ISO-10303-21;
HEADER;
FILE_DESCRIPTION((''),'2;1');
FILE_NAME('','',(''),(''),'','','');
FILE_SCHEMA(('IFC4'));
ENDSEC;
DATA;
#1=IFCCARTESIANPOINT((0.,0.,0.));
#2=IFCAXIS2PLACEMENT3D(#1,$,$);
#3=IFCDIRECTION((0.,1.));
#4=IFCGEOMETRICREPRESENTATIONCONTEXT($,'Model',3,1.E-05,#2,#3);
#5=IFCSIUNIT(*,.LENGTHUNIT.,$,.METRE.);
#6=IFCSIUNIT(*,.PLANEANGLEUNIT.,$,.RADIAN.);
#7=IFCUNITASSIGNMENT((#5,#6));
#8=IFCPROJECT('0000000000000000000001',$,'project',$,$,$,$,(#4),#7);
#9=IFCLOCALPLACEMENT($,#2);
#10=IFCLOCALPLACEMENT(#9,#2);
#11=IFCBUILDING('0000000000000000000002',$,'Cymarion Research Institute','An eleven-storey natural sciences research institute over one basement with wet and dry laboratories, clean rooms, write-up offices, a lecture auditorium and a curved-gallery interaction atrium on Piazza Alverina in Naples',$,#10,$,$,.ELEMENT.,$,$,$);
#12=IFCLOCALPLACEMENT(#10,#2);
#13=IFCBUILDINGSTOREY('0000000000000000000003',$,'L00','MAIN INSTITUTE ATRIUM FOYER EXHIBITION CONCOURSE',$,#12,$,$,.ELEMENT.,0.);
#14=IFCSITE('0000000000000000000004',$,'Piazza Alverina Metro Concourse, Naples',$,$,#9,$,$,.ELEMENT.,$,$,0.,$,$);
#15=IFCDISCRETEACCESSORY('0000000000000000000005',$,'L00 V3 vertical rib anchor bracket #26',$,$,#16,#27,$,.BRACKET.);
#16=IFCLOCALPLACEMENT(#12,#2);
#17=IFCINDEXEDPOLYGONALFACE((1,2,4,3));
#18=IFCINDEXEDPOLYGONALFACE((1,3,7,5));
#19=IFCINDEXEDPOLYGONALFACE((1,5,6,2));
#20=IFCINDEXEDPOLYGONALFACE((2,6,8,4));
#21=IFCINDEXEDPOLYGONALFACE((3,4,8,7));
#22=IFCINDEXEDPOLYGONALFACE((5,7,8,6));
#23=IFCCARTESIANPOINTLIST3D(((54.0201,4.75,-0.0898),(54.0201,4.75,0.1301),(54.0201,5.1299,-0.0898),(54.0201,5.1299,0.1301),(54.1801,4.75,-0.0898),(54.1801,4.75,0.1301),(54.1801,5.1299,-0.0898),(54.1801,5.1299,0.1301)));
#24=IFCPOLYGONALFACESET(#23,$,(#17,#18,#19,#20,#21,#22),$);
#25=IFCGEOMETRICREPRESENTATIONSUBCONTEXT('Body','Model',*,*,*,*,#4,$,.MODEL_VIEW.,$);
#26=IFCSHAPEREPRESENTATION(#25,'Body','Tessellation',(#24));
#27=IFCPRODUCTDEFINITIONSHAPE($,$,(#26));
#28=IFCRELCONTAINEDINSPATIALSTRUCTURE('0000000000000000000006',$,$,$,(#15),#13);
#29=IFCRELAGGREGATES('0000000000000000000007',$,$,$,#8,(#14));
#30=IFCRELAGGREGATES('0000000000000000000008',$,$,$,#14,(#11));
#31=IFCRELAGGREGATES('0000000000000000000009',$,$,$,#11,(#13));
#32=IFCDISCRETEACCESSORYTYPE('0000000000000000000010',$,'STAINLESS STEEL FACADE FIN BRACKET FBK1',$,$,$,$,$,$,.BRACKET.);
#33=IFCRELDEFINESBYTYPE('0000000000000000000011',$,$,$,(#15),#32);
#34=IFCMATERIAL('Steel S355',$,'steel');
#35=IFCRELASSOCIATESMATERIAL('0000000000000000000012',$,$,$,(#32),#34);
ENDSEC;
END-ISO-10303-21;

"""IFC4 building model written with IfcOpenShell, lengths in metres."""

from ifc_helpers import new_model, si_unit, direction, frame, origin, origin_2d, place, context, subcontext, project, spatial, rectangle, extrude, material, type_object, element, save


model = new_model("IFC4")

# Units and contexts
model_context = context("Model", 3, precision=1e-05, world=origin(), true_north=direction((0.0, 1.0)))
body_context = subcontext(model_context, "Body", "Model", "MODEL_VIEW")
ifc_project = project(units=[si_unit("LENGTHUNIT", "METRE"), si_unit("PLANEANGLEUNIT", "RADIAN")], contexts=[model_context])

# Site, building, storey
site_placement = place(None, origin())
site = spatial("IfcSite", under=ifc_project, at=site_placement, Name="Piazza Alverina Metro Concourse, Naples", CompositionType="ELEMENT", RefElevation=0.0)
building_placement = place(site_placement, origin())
building = spatial("IfcBuilding", under=site, at=building_placement, Name="Cymarion Research Institute", Description="An eleven-storey natural sciences research institute over one basement with wet and dry laboratories, clean rooms, write-up offices, a lecture auditorium and a curved-gallery interaction atrium on Piazza Alverina in Naples", CompositionType="ELEMENT")
storey_placement = place(building_placement, origin())
storey = spatial("IfcBuildingStorey", under=building, at=storey_placement, Name="L00", Description="MAIN INSTITUTE ATRIUM FOYER EXHIBITION CONCOURSE", CompositionType="ELEMENT", Elevation=0.0)

# Shared definitions
ifc_material_1 = material(Name="Steel S355", Category="steel")

# Discrete accessory
discrete_accessory_type = type_object("IfcDiscreteAccessoryType", Name="STAINLESS STEEL FACADE FIN BRACKET FBK1", PredefinedType="BRACKET", material=ifc_material_1)
for number, where, z_axis, x_axis, name in (
    (1, (54.1001, 4.9399, -0.0898), (0.0, 0.0, 1.0), (0.0, -1.0, 0.0), "L00 V3 vertical rib anchor bracket #26"),
):
    element("IfcDiscreteAccessory", number, at=place(storey_placement, frame(where, z_axis=z_axis, x_axis=x_axis)), inside=storey, type_object=discrete_accessory_type, Name=name, PredefinedType="BRACKET", context=body_context, shape_type="SweptSolid", body=[
        extrude(rectangle(XDim=0.3799, YDim=0.1599, at=origin_2d()), origin(), (0.0, 0.0, 1.0), 0.22),
    ])

save(model, "model.ifc")
